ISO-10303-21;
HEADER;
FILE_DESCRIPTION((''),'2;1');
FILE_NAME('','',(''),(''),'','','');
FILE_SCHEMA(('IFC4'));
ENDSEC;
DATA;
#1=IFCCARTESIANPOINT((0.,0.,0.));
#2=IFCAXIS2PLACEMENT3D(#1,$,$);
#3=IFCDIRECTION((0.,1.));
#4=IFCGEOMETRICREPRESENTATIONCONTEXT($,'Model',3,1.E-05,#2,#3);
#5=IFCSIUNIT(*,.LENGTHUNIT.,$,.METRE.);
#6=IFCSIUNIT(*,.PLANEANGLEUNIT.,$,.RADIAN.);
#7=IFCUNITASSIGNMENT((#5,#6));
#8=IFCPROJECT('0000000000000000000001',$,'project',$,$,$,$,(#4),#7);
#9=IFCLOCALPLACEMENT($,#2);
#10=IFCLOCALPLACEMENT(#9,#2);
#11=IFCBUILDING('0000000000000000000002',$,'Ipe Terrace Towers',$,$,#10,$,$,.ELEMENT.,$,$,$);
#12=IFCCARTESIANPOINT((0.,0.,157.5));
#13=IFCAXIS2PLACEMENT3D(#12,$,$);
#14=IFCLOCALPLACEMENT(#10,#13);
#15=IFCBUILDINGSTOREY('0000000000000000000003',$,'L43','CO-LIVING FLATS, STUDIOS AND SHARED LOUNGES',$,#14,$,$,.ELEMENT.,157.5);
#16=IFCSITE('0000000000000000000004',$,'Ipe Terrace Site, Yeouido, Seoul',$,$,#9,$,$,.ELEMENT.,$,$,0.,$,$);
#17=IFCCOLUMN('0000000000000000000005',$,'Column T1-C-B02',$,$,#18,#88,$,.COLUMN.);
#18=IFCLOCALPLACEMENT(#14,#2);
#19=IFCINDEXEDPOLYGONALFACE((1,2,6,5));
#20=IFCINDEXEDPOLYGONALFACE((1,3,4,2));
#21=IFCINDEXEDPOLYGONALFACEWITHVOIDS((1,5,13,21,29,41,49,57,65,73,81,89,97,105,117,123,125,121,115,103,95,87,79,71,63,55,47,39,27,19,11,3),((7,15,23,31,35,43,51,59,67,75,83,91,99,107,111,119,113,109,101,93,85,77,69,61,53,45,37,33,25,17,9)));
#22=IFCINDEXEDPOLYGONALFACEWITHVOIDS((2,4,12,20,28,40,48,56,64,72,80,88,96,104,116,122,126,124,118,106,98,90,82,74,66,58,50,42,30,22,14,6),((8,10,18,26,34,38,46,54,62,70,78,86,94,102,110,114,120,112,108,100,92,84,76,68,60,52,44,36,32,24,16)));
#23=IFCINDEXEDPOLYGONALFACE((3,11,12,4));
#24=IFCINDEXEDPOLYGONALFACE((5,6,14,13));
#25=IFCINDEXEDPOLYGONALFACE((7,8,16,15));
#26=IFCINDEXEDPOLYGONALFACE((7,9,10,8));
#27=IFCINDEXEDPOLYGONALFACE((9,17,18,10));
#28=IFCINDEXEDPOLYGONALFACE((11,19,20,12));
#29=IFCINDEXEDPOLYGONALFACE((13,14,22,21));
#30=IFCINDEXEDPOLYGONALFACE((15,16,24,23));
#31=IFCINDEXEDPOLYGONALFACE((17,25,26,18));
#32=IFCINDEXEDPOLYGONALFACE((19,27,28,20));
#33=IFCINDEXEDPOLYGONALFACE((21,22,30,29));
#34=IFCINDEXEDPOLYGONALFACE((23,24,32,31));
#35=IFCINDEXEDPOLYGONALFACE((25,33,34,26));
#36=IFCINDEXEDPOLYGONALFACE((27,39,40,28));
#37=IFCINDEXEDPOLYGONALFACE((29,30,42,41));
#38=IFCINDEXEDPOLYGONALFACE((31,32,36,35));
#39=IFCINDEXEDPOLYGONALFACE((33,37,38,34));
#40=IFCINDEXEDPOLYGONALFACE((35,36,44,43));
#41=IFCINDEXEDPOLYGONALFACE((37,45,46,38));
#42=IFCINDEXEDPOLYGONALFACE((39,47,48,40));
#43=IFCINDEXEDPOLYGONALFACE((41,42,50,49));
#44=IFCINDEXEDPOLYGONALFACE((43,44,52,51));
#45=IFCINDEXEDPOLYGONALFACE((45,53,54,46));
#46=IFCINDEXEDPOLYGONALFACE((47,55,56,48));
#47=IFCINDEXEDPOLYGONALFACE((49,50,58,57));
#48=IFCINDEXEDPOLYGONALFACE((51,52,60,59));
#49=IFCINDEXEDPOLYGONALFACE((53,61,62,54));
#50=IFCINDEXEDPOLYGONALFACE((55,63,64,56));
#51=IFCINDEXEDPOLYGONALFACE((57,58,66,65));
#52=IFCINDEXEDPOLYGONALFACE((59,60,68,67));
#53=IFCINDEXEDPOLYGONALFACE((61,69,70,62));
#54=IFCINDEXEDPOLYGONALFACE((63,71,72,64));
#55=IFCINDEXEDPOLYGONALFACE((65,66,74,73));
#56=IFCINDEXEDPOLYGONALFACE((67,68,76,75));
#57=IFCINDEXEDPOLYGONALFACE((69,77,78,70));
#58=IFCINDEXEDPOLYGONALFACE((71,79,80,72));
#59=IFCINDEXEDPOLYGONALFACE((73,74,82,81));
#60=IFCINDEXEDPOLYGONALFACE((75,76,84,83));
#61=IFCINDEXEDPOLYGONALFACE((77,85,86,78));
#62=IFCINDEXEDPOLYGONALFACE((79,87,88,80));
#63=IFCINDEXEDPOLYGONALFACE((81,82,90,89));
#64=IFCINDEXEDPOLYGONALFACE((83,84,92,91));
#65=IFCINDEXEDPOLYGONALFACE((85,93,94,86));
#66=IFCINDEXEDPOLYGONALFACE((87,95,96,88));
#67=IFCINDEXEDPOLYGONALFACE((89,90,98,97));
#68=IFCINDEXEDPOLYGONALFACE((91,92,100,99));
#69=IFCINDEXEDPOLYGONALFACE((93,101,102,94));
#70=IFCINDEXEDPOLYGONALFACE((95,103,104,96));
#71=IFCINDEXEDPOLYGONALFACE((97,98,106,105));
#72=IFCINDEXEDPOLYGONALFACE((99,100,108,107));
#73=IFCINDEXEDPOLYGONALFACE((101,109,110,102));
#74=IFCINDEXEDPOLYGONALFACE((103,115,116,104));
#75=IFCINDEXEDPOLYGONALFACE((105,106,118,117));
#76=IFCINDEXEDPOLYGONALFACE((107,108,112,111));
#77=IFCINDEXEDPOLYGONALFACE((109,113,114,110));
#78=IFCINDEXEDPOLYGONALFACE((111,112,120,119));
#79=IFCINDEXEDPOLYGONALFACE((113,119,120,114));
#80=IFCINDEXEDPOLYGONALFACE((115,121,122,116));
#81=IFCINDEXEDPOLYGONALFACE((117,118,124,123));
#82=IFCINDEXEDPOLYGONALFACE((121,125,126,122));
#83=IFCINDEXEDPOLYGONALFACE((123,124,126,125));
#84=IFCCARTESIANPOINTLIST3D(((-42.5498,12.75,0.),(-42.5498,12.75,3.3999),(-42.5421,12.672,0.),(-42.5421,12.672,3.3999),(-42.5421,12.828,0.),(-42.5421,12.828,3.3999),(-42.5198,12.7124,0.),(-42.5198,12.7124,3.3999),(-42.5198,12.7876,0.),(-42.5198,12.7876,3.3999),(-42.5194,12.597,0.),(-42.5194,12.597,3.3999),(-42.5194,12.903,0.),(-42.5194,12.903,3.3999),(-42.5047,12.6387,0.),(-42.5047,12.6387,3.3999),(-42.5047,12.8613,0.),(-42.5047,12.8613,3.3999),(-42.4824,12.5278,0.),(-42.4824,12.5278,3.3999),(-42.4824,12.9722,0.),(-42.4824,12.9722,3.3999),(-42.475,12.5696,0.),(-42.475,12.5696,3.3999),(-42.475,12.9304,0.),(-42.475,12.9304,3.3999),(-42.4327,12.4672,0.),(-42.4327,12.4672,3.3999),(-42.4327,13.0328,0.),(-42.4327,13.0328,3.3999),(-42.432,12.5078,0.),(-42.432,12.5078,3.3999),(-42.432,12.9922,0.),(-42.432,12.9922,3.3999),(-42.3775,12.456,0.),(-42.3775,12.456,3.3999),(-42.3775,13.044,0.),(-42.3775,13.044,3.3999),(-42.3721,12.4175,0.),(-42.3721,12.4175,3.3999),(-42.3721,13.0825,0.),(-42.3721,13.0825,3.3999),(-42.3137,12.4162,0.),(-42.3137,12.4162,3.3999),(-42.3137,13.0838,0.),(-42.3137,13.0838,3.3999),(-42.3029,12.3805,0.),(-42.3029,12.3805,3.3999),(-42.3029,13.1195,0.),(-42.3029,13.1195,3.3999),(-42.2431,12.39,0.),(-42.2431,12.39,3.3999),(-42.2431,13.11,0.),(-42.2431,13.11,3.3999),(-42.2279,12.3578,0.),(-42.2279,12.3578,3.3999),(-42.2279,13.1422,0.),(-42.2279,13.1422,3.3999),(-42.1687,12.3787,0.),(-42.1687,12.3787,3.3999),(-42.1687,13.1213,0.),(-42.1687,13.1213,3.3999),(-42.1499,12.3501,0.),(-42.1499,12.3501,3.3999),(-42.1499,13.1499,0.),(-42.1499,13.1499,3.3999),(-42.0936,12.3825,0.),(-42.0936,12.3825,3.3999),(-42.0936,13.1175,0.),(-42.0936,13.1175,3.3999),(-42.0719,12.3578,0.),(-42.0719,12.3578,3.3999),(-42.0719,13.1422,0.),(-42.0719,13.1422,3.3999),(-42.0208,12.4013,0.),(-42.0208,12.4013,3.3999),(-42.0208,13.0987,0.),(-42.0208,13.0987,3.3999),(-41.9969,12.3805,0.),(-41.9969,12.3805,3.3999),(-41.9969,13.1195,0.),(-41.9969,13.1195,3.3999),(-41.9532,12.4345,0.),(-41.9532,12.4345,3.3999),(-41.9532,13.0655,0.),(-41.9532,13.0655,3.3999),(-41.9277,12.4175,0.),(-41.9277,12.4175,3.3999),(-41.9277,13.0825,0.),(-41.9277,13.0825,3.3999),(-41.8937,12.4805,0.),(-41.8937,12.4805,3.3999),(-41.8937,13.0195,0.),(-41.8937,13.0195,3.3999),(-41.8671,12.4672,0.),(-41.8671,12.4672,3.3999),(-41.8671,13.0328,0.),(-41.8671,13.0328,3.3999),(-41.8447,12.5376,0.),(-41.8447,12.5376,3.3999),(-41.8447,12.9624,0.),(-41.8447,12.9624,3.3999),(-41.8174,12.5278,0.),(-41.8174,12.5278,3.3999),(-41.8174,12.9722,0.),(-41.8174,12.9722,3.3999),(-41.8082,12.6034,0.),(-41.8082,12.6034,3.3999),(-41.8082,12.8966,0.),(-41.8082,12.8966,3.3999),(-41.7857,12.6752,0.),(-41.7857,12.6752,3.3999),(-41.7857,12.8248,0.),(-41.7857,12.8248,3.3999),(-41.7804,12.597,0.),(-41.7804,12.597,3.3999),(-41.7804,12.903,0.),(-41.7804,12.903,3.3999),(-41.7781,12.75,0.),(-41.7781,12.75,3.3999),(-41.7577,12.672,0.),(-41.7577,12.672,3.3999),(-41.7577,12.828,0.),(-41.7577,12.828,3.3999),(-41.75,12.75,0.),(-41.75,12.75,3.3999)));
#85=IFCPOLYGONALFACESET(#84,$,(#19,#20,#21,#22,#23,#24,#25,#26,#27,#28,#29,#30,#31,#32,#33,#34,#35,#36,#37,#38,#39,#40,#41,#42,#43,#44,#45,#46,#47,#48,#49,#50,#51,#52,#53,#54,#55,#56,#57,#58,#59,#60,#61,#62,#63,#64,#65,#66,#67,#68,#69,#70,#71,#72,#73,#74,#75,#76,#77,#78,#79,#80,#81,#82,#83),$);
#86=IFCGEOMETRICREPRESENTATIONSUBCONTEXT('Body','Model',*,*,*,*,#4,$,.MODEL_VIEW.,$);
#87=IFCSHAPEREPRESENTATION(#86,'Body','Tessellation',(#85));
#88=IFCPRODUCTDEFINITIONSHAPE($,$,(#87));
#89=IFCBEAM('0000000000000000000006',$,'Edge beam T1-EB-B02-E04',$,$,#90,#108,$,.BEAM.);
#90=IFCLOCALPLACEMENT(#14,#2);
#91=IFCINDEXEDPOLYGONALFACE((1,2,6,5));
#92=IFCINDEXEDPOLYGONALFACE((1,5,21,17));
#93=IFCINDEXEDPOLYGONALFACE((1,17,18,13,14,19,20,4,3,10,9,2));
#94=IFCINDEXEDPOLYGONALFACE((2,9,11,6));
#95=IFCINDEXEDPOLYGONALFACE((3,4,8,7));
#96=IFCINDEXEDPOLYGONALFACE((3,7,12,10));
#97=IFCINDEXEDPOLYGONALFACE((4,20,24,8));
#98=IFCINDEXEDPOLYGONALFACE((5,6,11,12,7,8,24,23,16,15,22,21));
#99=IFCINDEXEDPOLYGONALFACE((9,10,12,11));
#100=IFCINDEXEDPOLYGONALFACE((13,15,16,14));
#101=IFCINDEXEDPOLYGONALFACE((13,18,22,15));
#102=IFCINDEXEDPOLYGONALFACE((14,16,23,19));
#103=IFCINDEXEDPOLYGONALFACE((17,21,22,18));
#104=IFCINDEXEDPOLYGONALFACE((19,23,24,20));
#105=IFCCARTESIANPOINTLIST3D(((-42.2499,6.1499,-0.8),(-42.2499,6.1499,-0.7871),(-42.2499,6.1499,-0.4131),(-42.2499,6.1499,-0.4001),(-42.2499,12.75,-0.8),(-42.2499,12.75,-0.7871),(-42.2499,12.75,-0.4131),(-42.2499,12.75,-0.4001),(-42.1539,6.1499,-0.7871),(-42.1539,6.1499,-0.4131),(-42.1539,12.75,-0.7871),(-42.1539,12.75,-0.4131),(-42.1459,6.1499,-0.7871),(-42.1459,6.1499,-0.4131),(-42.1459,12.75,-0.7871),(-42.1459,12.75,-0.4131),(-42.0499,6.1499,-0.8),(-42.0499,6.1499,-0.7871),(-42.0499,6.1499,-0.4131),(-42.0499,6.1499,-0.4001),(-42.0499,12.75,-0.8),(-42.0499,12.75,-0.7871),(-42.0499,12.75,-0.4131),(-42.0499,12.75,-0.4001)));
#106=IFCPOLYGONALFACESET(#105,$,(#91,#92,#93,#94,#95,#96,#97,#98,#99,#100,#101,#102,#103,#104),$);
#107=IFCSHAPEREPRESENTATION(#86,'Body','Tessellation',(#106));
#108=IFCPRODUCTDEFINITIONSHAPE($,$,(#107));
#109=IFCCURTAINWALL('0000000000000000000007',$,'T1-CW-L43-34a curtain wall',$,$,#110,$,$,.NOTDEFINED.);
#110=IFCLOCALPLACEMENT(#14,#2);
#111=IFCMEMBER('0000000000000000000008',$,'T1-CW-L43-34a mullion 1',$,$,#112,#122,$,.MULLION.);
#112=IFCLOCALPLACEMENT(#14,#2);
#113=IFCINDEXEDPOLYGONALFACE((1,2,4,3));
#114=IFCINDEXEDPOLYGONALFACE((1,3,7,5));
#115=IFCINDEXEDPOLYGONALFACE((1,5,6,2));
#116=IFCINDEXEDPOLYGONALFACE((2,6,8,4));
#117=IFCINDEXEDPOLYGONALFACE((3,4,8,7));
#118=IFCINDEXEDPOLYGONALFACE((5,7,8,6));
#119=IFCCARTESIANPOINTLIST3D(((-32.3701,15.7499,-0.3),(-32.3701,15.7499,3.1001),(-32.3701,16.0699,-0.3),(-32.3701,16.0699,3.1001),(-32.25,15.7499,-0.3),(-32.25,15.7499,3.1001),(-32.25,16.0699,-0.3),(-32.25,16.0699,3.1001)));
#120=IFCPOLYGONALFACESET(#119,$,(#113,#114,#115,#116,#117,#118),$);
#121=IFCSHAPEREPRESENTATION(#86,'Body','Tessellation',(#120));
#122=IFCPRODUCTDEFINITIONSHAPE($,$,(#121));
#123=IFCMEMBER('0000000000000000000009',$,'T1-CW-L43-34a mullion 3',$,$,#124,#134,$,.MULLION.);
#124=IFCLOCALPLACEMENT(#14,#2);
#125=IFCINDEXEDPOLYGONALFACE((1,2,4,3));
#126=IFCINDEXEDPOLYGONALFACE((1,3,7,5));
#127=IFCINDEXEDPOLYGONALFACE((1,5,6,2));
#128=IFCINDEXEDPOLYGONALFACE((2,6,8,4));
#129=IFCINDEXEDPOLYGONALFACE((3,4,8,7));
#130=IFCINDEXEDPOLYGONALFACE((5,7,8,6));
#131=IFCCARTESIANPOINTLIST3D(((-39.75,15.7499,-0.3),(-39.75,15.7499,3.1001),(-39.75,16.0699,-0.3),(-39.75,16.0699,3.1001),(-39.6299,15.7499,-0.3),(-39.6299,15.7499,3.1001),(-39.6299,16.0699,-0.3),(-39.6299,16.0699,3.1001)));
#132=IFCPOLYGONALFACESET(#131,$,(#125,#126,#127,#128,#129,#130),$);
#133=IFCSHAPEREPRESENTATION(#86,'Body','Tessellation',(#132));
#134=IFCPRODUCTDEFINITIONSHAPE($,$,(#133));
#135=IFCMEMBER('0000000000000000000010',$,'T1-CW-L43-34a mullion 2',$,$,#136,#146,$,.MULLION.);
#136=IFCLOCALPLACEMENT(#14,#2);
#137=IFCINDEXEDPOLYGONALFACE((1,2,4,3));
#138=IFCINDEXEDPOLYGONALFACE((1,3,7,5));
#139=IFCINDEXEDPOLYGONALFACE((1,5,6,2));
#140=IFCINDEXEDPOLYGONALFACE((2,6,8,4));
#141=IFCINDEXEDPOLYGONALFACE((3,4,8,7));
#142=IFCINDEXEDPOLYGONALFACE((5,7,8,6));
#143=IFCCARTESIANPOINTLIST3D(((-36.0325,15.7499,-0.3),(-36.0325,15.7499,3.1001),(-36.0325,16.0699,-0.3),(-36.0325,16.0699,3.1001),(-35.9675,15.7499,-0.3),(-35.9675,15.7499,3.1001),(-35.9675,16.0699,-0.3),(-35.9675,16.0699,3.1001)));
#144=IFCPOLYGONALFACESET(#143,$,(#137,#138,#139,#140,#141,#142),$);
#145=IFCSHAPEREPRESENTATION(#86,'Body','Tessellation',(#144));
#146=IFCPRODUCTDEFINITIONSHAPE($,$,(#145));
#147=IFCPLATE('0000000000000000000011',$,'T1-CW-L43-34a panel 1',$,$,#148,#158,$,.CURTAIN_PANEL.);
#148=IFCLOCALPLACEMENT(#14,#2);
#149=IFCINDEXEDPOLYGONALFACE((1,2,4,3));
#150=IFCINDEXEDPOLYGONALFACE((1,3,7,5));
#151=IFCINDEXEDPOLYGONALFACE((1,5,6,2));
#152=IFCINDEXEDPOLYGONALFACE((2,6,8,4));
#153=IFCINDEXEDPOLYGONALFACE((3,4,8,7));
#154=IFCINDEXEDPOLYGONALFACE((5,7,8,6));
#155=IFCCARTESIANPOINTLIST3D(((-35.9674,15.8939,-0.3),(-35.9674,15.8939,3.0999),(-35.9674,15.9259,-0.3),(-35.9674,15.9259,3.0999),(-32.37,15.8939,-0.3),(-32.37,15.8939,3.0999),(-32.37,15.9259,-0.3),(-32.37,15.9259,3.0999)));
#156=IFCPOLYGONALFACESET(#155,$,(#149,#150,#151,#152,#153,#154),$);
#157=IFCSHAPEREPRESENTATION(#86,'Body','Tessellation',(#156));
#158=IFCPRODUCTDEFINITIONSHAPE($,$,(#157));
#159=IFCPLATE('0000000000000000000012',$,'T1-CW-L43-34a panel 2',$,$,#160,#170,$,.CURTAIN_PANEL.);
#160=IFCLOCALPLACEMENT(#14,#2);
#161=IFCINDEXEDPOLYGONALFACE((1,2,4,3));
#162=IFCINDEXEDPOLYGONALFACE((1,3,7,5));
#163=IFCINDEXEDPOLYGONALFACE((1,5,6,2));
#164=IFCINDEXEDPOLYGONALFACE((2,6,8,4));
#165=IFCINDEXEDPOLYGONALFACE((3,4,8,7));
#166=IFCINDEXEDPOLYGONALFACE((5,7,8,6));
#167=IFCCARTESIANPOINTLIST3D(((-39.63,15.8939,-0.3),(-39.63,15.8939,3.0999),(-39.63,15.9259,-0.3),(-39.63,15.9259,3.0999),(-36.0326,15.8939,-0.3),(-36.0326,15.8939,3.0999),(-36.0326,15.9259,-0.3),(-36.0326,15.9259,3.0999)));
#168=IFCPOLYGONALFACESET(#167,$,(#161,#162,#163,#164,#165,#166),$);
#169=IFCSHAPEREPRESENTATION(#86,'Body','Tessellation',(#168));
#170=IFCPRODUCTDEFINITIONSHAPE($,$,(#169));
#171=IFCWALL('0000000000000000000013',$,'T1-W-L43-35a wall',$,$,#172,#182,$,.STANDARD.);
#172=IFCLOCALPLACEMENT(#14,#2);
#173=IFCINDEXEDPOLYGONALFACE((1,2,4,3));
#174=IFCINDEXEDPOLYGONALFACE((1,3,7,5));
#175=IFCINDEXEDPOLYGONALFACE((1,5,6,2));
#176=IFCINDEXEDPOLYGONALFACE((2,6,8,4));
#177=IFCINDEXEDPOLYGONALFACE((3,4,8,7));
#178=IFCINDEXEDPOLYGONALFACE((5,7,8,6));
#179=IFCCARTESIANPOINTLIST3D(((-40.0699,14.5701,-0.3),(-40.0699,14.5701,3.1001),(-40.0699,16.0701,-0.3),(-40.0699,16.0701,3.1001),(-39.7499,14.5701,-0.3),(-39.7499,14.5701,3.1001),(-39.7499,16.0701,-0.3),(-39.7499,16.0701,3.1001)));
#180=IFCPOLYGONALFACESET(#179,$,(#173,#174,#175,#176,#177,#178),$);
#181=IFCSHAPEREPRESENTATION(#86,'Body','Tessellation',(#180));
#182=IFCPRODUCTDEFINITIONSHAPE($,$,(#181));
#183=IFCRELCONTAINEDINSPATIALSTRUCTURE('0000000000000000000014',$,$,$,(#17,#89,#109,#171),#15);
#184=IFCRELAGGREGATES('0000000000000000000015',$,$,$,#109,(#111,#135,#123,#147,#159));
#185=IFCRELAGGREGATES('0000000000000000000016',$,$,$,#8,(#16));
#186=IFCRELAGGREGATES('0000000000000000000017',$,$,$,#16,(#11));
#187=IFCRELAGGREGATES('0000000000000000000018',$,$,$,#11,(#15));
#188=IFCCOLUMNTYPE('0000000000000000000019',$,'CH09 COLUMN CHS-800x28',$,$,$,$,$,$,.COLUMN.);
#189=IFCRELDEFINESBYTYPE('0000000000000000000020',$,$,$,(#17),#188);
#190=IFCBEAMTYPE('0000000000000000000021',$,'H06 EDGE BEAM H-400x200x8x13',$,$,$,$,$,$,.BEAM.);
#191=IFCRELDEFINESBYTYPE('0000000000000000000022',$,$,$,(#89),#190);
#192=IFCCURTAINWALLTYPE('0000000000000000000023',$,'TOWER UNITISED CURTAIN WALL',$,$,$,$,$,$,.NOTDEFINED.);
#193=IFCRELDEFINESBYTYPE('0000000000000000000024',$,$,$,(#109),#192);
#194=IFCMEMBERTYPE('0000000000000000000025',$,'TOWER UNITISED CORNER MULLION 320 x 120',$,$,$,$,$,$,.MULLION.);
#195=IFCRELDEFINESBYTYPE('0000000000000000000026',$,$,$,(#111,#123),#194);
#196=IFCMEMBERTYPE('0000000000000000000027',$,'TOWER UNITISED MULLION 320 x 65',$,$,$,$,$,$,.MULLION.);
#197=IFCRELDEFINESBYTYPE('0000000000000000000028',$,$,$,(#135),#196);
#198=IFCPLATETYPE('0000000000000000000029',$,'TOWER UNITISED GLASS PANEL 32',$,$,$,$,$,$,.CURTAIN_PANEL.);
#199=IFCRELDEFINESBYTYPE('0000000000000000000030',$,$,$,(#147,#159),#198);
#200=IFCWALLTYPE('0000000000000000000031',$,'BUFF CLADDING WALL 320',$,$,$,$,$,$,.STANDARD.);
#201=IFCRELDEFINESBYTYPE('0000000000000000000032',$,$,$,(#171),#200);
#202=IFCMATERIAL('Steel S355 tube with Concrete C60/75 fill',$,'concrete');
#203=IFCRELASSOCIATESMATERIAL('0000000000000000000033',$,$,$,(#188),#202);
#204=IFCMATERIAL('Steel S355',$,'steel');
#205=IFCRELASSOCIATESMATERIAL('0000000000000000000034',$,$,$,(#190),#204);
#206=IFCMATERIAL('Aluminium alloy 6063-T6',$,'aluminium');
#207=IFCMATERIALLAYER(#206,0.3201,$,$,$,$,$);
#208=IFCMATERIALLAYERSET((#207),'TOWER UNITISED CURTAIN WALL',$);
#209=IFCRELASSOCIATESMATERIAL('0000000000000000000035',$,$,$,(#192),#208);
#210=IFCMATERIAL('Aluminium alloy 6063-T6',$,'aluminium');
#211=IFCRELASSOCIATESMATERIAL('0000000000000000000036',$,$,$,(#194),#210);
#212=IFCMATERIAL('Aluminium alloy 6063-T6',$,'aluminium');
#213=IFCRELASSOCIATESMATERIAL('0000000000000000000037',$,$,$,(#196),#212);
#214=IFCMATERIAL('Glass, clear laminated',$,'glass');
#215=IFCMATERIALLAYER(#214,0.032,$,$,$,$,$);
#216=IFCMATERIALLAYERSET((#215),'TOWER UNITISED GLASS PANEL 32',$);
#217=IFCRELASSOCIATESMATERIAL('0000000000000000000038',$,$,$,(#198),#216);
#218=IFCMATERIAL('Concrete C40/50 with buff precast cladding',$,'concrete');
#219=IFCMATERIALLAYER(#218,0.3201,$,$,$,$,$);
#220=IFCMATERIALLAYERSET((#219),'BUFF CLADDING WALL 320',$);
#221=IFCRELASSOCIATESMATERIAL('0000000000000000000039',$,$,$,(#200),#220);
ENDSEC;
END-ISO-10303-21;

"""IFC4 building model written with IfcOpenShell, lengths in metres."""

from ifc_helpers import new_model, si_unit, direction, frame, frame_2d, origin, origin_2d, place, context, subcontext, project, spatial, rectangle, hollow_circle, i_section, extrude, material, layer, layer_set, material_profile, profile_set, type_object, element, aggregate, save


model = new_model("IFC4")

# Units and contexts
model_context = context("Model", 3, precision=1e-05, world=origin(), true_north=direction((0.0, 1.0)))
body_context = subcontext(model_context, "Body", "Model", "MODEL_VIEW")
ifc_project = project(units=[si_unit("LENGTHUNIT", "METRE"), si_unit("PLANEANGLEUNIT", "RADIAN")], contexts=[model_context])

# Site, building, storey
site_placement = place(None, origin())
site = spatial("IfcSite", under=ifc_project, at=site_placement, Name="Ipe Terrace Site, Yeouido, Seoul", CompositionType="ELEMENT", RefElevation=0.0)
building_placement = place(site_placement, origin())
building = spatial("IfcBuilding", under=site, at=building_placement, Name="Ipe Terrace Towers", CompositionType="ELEMENT")
storey_placement = place(building_placement, frame((0.0, 0.0, 157.5)))
storey = spatial("IfcBuildingStorey", under=building, at=storey_placement, Name="L43", Description="CO-LIVING FLATS, STUDIOS AND SHARED LOUNGES", CompositionType="ELEMENT", Elevation=157.5)

# Column
ifc_material_1 = material(Name="Steel S355 tube with Concrete C60/75 fill", Category="concrete")
ifc_material_profile_1 = material_profile(ifc_material_1, hollow_circle(Radius=0.3999, WallThickness=0.0281, at=origin_2d()), Name="CHS-800x28")
ifc_profile_set_1 = profile_set([ifc_material_profile_1], Name="Steel S355 tube with Concrete C60/75 fill")
column_type = type_object("IfcColumnType", Name="CH09 COLUMN CHS-800x28", PredefinedType="COLUMN", material=ifc_profile_set_1)
column_placement = place(storey_placement, frame((-42.1499, 12.75, 0.0), z_axis=(0.0, 0.0, 1.0), x_axis=(1.0, 0.0, 0.0)))
element("IfcColumn", 1, at=column_placement, inside=storey, type_object=column_type, Name="Column T1-C-B02", PredefinedType="COLUMN", context=body_context, shape_type="SweptSolid", body=[
    extrude(hollow_circle(Radius=0.3999, WallThickness=0.0281, at=origin_2d()), origin(), (0.0, 0.0, 1.0), 3.3999),
])

# Beam
ifc_material_2 = material(Name="Steel S355", Category="steel")
ifc_material_profile_2 = material_profile(ifc_material_2, i_section(OverallWidth=0.2, OverallDepth=0.3999, WebThickness=0.0081, FlangeThickness=0.0129, at=origin_2d()), Name="H-400x200x8x13")
ifc_profile_set_2 = profile_set([ifc_material_profile_2], Name="Steel S355")
beam_type = type_object("IfcBeamType", Name="H06 EDGE BEAM H-400x200x8x13", PredefinedType="BEAM", material=ifc_profile_set_2)
beam_placement = place(storey_placement, frame((-42.1499, 12.75, -0.6001), z_axis=(0.0, -1.0, 0.0), x_axis=(1.0, 0.0, 0.0)))
element("IfcBeam", 2, at=beam_placement, inside=storey, type_object=beam_type, Name="Edge beam T1-EB-B02-E04", PredefinedType="BEAM", context=body_context, shape_type="SweptSolid", body=[
    extrude(i_section(OverallWidth=0.2, OverallDepth=0.3999, WebThickness=0.0081, FlangeThickness=0.0129, at=origin_2d()), origin(), (0.0, 0.0, 1.0), 6.6001),
])

# Curtain wall, members, plates
ifc_material_3 = material(Name="Aluminium alloy 6063-T6", Category="aluminium")
ifc_layer_1 = layer(ifc_material_3, 0.3201)
ifc_layer_set_1 = layer_set([ifc_layer_1], Name="TOWER UNITISED CURTAIN WALL")
curtain_wall_type = type_object("IfcCurtainWallType", Name="TOWER UNITISED CURTAIN WALL", PredefinedType="NOTDEFINED", material=ifc_layer_set_1)
curtain_wall_placement = place(storey_placement, origin())
curtain_wall = element("IfcCurtainWall", 3, at=curtain_wall_placement, inside=storey, type_object=curtain_wall_type, Name="T1-CW-L43-34a curtain wall", PredefinedType="NOTDEFINED")
ifc_material_4 = material(Name="Aluminium alloy 6063-T6", Category="aluminium")
ifc_material_profile_3 = material_profile(ifc_material_4, rectangle(XDim=0.3201, YDim=0.1201, at=origin_2d()), Name="TOWER UNITISED CORNER MULLION 320 x 120")
ifc_profile_set_3 = profile_set([ifc_material_profile_3], Name="Aluminium alloy 6063-T6")
member_type_1 = type_object("IfcMemberType", Name="TOWER UNITISED CORNER MULLION 320 x 120", PredefinedType="MULLION", material=ifc_profile_set_3)
member_1_placement = place(storey_placement, frame((-32.3101, 15.9099, -0.3), z_axis=(0.0, 0.0, 1.0), x_axis=(0.0, 1.0, 0.0)))
member_1 = element("IfcMember", 4, at=member_1_placement, type_object=member_type_1, Name="T1-CW-L43-34a mullion 1", PredefinedType="MULLION", context=body_context, shape_type="SweptSolid", body=[
    extrude(rectangle(XDim=0.3201, YDim=0.1201, at=origin_2d()), origin(), (0.0, 0.0, 1.0), 3.4001),
])
member_2_placement = place(storey_placement, frame((-39.6899, 15.9099, -0.3), z_axis=(0.0, 0.0, 1.0), x_axis=(0.0, 1.0, 0.0)))
member_2 = element("IfcMember", 5, at=member_2_placement, type_object=member_type_1, Name="T1-CW-L43-34a mullion 3", PredefinedType="MULLION", context=body_context, shape_type="SweptSolid", body=[
    extrude(rectangle(XDim=0.3201, YDim=0.1201, at=origin_2d()), origin(), (0.0, 0.0, 1.0), 3.4001),
])
ifc_material_5 = material(Name="Aluminium alloy 6063-T6", Category="aluminium")
ifc_material_profile_4 = material_profile(ifc_material_5, rectangle(XDim=0.3201, YDim=0.0649, at=origin_2d()), Name="TOWER UNITISED MULLION 320 x 65")
ifc_profile_set_4 = profile_set([ifc_material_profile_4], Name="Aluminium alloy 6063-T6")
member_type_2 = type_object("IfcMemberType", Name="TOWER UNITISED MULLION 320 x 65", PredefinedType="MULLION", material=ifc_profile_set_4)
member_3_placement = place(storey_placement, frame((-36.0, 15.9099, -0.3), z_axis=(0.0, 0.0, 1.0), x_axis=(0.0, 1.0, 0.0)))
member_3 = element("IfcMember", 6, at=member_3_placement, type_object=member_type_2, Name="T1-CW-L43-34a mullion 2", PredefinedType="MULLION", context=body_context, shape_type="SweptSolid", body=[
    extrude(rectangle(XDim=0.3201, YDim=0.0649, at=origin_2d()), origin(), (0.0, 0.0, 1.0), 3.4001),
])
ifc_material_6 = material(Name="Glass, clear laminated", Category="glass")
ifc_layer_2 = layer(ifc_material_6, 0.032)
ifc_layer_set_2 = layer_set([ifc_layer_2], Name="TOWER UNITISED GLASS PANEL 32")
plate_type = type_object("IfcPlateType", Name="TOWER UNITISED GLASS PANEL 32", PredefinedType="CURTAIN_PANEL", material=ifc_layer_set_2)
plate_1_placement = place(storey_placement, frame((-34.1687, 15.9099, -0.3), z_axis=(0.0, 0.0, 1.0), x_axis=(-1.0, 0.0, 0.0)))
plate_1 = element("IfcPlate", 7, at=plate_1_placement, type_object=plate_type, Name="T1-CW-L43-34a panel 1", PredefinedType="CURTAIN_PANEL", context=body_context, shape_type="SweptSolid", body=[
    extrude(rectangle(XDim=3.5974, YDim=0.032, at=origin_2d()), origin(), (0.0, 0.0, 1.0), 3.3999),
])
plate_2_placement = place(storey_placement, frame((-37.8313, 15.9099, -0.3), z_axis=(0.0, 0.0, 1.0), x_axis=(-1.0, 0.0, 0.0)))
plate_2 = element("IfcPlate", 8, at=plate_2_placement, type_object=plate_type, Name="T1-CW-L43-34a panel 2", PredefinedType="CURTAIN_PANEL", context=body_context, shape_type="SweptSolid", body=[
    extrude(rectangle(XDim=3.5974, YDim=0.032, at=origin_2d()), origin(), (0.0, 0.0, 1.0), 3.3999),
])
aggregate(curtain_wall, [member_1, member_3, member_2, plate_1, plate_2])

# Wall
ifc_material_7 = material(Name="Concrete C40/50 with buff precast cladding", Category="concrete")
ifc_layer_3 = layer(ifc_material_7, 0.3201)
ifc_layer_set_3 = layer_set([ifc_layer_3], Name="BUFF CLADDING WALL 320")
wall_type_1 = type_object("IfcWallType", Name="BUFF CLADDING WALL 320", PredefinedType="STANDARD", material=ifc_layer_set_3)
wall_1_placement = place(storey_placement, frame((-39.9099, 16.0701, -0.3), z_axis=(0.0, 0.0, 1.0), x_axis=(0.0, -1.0, 0.0)))
element("IfcWall", 9, at=wall_1_placement, inside=storey, type_object=wall_type_1, Name="T1-W-L43-35a wall", PredefinedType="STANDARD", context=body_context, shape_type="SweptSolid", body=[
    extrude(rectangle(XDim=1.5, YDim=0.3201, at=frame_2d((0.75, 0.0))), origin(), (0.0, 0.0, 1.0), 3.4001),
])

save(model, "model.ifc")
